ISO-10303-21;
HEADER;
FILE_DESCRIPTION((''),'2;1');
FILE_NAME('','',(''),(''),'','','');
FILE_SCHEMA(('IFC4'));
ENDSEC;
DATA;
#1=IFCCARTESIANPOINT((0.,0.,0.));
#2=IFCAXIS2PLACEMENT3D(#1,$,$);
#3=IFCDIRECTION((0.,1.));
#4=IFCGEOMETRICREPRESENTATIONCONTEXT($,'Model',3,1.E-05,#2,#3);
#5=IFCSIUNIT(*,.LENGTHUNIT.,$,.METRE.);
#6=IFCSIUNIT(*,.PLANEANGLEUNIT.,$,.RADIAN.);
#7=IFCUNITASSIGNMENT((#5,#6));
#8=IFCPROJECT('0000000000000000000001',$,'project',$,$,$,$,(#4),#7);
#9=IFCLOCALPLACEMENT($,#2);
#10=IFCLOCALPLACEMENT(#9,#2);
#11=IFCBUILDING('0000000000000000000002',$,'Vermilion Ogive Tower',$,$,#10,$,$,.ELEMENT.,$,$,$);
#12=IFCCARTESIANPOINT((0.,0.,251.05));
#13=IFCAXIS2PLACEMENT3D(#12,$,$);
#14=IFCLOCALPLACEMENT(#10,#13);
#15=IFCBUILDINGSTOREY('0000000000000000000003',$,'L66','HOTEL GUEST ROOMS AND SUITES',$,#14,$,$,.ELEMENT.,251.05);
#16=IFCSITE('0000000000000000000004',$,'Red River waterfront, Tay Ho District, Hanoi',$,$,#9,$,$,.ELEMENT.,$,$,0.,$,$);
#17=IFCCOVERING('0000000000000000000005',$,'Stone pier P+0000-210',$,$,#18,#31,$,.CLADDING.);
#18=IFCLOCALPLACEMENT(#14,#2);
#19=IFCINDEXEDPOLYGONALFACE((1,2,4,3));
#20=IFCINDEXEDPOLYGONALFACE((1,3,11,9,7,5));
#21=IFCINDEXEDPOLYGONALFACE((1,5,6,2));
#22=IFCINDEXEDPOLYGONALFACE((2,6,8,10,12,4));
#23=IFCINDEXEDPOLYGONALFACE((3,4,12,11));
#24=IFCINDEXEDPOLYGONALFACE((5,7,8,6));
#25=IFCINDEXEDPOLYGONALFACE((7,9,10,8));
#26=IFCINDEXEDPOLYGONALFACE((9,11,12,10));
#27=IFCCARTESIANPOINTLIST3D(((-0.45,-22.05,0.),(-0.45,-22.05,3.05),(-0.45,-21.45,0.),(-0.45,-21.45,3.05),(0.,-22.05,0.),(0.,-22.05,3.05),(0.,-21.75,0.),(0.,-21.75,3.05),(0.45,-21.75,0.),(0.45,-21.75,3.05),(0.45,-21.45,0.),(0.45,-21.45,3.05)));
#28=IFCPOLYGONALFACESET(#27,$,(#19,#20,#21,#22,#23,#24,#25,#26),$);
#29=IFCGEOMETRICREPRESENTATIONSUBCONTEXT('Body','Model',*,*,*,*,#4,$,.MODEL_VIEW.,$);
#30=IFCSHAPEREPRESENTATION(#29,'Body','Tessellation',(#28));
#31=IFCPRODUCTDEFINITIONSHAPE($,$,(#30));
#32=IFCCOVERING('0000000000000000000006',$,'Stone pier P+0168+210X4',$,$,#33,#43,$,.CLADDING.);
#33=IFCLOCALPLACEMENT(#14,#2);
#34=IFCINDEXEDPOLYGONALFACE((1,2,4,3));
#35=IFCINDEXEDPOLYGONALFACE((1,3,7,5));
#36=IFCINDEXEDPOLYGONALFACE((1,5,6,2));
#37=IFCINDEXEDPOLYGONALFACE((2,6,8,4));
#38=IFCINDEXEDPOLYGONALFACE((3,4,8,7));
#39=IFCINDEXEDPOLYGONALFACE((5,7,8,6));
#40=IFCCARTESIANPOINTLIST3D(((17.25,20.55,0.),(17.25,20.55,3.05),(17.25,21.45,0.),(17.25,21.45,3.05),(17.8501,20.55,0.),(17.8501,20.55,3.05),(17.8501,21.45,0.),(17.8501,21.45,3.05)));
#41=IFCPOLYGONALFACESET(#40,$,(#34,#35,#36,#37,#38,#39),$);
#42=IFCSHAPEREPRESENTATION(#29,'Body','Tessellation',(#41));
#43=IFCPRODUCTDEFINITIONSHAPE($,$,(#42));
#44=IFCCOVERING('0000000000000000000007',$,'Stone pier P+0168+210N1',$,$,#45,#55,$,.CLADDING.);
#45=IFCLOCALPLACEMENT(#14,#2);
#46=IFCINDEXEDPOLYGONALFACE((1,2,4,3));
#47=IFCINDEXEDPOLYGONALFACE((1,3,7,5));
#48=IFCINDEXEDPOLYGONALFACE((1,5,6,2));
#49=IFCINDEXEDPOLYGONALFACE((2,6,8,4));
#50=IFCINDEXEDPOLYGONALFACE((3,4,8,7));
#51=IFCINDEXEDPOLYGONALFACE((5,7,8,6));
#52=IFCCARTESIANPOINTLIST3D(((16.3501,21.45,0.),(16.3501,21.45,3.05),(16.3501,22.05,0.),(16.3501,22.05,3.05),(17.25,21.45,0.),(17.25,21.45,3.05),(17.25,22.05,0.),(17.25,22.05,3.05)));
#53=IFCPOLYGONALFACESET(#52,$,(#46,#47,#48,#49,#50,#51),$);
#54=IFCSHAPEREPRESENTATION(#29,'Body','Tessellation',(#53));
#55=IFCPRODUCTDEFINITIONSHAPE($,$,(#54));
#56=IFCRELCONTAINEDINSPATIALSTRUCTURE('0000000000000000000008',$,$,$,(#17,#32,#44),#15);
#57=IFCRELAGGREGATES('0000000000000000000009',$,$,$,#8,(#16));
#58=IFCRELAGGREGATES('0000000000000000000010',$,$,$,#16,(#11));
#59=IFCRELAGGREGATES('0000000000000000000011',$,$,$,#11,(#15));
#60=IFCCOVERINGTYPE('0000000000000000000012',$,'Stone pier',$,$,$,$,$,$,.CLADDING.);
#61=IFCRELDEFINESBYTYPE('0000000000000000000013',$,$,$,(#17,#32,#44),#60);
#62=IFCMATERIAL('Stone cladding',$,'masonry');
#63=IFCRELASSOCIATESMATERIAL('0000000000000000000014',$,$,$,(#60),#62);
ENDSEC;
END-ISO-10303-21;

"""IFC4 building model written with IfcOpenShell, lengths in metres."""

from ifc_helpers import new_model, si_unit, direction, frame, origin, place, context, subcontext, project, spatial, polyline, outline, extrude, material, type_object, element, save


model = new_model("IFC4")

# Units and contexts
model_context = context("Model", 3, precision=1e-05, world=origin(), true_north=direction((0.0, 1.0)))
body_context = subcontext(model_context, "Body", "Model", "MODEL_VIEW")
ifc_project = project(units=[si_unit("LENGTHUNIT", "METRE"), si_unit("PLANEANGLEUNIT", "RADIAN")], contexts=[model_context])

# Site, building, storey
site_placement = place(None, origin())
site = spatial("IfcSite", under=ifc_project, at=site_placement, Name="Red River waterfront, Tay Ho District, Hanoi", CompositionType="ELEMENT", RefElevation=0.0)
building_placement = place(site_placement, origin())
building = spatial("IfcBuilding", under=site, at=building_placement, Name="Vermilion Ogive Tower", CompositionType="ELEMENT")
storey_placement = place(building_placement, frame((0.0, 0.0, 251.05)))
storey = spatial("IfcBuildingStorey", under=building, at=storey_placement, Name="L66", Description="HOTEL GUEST ROOMS AND SUITES", CompositionType="ELEMENT", Elevation=251.05)

# Coverings
ifc_material_1 = material(Name="Stone cladding", Category="masonry")
covering_type_1 = type_object("IfcCoveringType", Name="Stone pier", PredefinedType="CLADDING", material=ifc_material_1)
covering_1_placement = place(storey_placement, origin())
element("IfcCovering", 1, at=covering_1_placement, inside=storey, type_object=covering_type_1, Name="Stone pier P+0000-210", PredefinedType="CLADDING", context=body_context, shape_type="SweptSolid", body=[
    extrude(outline(polyline([(0.45, -21.75), (0.0, -21.75), (0.0, -22.05), (-0.45, -22.05), (-0.45, -21.45), (0.45, -21.45), (0.45, -21.75)])), origin(), (0.0, 0.0, 1.0), 3.05),
])
covering_2_placement = place(storey_placement, origin())
element("IfcCovering", 2, at=covering_2_placement, inside=storey, type_object=covering_type_1, Name="Stone pier P+0168+210X4", PredefinedType="CLADDING", context=body_context, shape_type="SweptSolid", body=[
    extrude(outline(polyline([(17.8501, 21.45), (17.8501, 20.55), (17.25, 20.55), (17.25, 21.45), (17.8501, 21.45)])), origin(), (0.0, 0.0, 1.0), 3.05),
])
covering_3_placement = place(storey_placement, origin())
element("IfcCovering", 3, at=covering_3_placement, inside=storey, type_object=covering_type_1, Name="Stone pier P+0168+210N1", PredefinedType="CLADDING", context=body_context, shape_type="SweptSolid", body=[
    extrude(outline(polyline([(17.25, 22.05), (17.25, 21.45), (16.3501, 21.45), (16.3501, 22.05), (17.25, 22.05)])), origin(), (0.0, 0.0, 1.0), 3.05),
])

save(model, "model.ifc")
